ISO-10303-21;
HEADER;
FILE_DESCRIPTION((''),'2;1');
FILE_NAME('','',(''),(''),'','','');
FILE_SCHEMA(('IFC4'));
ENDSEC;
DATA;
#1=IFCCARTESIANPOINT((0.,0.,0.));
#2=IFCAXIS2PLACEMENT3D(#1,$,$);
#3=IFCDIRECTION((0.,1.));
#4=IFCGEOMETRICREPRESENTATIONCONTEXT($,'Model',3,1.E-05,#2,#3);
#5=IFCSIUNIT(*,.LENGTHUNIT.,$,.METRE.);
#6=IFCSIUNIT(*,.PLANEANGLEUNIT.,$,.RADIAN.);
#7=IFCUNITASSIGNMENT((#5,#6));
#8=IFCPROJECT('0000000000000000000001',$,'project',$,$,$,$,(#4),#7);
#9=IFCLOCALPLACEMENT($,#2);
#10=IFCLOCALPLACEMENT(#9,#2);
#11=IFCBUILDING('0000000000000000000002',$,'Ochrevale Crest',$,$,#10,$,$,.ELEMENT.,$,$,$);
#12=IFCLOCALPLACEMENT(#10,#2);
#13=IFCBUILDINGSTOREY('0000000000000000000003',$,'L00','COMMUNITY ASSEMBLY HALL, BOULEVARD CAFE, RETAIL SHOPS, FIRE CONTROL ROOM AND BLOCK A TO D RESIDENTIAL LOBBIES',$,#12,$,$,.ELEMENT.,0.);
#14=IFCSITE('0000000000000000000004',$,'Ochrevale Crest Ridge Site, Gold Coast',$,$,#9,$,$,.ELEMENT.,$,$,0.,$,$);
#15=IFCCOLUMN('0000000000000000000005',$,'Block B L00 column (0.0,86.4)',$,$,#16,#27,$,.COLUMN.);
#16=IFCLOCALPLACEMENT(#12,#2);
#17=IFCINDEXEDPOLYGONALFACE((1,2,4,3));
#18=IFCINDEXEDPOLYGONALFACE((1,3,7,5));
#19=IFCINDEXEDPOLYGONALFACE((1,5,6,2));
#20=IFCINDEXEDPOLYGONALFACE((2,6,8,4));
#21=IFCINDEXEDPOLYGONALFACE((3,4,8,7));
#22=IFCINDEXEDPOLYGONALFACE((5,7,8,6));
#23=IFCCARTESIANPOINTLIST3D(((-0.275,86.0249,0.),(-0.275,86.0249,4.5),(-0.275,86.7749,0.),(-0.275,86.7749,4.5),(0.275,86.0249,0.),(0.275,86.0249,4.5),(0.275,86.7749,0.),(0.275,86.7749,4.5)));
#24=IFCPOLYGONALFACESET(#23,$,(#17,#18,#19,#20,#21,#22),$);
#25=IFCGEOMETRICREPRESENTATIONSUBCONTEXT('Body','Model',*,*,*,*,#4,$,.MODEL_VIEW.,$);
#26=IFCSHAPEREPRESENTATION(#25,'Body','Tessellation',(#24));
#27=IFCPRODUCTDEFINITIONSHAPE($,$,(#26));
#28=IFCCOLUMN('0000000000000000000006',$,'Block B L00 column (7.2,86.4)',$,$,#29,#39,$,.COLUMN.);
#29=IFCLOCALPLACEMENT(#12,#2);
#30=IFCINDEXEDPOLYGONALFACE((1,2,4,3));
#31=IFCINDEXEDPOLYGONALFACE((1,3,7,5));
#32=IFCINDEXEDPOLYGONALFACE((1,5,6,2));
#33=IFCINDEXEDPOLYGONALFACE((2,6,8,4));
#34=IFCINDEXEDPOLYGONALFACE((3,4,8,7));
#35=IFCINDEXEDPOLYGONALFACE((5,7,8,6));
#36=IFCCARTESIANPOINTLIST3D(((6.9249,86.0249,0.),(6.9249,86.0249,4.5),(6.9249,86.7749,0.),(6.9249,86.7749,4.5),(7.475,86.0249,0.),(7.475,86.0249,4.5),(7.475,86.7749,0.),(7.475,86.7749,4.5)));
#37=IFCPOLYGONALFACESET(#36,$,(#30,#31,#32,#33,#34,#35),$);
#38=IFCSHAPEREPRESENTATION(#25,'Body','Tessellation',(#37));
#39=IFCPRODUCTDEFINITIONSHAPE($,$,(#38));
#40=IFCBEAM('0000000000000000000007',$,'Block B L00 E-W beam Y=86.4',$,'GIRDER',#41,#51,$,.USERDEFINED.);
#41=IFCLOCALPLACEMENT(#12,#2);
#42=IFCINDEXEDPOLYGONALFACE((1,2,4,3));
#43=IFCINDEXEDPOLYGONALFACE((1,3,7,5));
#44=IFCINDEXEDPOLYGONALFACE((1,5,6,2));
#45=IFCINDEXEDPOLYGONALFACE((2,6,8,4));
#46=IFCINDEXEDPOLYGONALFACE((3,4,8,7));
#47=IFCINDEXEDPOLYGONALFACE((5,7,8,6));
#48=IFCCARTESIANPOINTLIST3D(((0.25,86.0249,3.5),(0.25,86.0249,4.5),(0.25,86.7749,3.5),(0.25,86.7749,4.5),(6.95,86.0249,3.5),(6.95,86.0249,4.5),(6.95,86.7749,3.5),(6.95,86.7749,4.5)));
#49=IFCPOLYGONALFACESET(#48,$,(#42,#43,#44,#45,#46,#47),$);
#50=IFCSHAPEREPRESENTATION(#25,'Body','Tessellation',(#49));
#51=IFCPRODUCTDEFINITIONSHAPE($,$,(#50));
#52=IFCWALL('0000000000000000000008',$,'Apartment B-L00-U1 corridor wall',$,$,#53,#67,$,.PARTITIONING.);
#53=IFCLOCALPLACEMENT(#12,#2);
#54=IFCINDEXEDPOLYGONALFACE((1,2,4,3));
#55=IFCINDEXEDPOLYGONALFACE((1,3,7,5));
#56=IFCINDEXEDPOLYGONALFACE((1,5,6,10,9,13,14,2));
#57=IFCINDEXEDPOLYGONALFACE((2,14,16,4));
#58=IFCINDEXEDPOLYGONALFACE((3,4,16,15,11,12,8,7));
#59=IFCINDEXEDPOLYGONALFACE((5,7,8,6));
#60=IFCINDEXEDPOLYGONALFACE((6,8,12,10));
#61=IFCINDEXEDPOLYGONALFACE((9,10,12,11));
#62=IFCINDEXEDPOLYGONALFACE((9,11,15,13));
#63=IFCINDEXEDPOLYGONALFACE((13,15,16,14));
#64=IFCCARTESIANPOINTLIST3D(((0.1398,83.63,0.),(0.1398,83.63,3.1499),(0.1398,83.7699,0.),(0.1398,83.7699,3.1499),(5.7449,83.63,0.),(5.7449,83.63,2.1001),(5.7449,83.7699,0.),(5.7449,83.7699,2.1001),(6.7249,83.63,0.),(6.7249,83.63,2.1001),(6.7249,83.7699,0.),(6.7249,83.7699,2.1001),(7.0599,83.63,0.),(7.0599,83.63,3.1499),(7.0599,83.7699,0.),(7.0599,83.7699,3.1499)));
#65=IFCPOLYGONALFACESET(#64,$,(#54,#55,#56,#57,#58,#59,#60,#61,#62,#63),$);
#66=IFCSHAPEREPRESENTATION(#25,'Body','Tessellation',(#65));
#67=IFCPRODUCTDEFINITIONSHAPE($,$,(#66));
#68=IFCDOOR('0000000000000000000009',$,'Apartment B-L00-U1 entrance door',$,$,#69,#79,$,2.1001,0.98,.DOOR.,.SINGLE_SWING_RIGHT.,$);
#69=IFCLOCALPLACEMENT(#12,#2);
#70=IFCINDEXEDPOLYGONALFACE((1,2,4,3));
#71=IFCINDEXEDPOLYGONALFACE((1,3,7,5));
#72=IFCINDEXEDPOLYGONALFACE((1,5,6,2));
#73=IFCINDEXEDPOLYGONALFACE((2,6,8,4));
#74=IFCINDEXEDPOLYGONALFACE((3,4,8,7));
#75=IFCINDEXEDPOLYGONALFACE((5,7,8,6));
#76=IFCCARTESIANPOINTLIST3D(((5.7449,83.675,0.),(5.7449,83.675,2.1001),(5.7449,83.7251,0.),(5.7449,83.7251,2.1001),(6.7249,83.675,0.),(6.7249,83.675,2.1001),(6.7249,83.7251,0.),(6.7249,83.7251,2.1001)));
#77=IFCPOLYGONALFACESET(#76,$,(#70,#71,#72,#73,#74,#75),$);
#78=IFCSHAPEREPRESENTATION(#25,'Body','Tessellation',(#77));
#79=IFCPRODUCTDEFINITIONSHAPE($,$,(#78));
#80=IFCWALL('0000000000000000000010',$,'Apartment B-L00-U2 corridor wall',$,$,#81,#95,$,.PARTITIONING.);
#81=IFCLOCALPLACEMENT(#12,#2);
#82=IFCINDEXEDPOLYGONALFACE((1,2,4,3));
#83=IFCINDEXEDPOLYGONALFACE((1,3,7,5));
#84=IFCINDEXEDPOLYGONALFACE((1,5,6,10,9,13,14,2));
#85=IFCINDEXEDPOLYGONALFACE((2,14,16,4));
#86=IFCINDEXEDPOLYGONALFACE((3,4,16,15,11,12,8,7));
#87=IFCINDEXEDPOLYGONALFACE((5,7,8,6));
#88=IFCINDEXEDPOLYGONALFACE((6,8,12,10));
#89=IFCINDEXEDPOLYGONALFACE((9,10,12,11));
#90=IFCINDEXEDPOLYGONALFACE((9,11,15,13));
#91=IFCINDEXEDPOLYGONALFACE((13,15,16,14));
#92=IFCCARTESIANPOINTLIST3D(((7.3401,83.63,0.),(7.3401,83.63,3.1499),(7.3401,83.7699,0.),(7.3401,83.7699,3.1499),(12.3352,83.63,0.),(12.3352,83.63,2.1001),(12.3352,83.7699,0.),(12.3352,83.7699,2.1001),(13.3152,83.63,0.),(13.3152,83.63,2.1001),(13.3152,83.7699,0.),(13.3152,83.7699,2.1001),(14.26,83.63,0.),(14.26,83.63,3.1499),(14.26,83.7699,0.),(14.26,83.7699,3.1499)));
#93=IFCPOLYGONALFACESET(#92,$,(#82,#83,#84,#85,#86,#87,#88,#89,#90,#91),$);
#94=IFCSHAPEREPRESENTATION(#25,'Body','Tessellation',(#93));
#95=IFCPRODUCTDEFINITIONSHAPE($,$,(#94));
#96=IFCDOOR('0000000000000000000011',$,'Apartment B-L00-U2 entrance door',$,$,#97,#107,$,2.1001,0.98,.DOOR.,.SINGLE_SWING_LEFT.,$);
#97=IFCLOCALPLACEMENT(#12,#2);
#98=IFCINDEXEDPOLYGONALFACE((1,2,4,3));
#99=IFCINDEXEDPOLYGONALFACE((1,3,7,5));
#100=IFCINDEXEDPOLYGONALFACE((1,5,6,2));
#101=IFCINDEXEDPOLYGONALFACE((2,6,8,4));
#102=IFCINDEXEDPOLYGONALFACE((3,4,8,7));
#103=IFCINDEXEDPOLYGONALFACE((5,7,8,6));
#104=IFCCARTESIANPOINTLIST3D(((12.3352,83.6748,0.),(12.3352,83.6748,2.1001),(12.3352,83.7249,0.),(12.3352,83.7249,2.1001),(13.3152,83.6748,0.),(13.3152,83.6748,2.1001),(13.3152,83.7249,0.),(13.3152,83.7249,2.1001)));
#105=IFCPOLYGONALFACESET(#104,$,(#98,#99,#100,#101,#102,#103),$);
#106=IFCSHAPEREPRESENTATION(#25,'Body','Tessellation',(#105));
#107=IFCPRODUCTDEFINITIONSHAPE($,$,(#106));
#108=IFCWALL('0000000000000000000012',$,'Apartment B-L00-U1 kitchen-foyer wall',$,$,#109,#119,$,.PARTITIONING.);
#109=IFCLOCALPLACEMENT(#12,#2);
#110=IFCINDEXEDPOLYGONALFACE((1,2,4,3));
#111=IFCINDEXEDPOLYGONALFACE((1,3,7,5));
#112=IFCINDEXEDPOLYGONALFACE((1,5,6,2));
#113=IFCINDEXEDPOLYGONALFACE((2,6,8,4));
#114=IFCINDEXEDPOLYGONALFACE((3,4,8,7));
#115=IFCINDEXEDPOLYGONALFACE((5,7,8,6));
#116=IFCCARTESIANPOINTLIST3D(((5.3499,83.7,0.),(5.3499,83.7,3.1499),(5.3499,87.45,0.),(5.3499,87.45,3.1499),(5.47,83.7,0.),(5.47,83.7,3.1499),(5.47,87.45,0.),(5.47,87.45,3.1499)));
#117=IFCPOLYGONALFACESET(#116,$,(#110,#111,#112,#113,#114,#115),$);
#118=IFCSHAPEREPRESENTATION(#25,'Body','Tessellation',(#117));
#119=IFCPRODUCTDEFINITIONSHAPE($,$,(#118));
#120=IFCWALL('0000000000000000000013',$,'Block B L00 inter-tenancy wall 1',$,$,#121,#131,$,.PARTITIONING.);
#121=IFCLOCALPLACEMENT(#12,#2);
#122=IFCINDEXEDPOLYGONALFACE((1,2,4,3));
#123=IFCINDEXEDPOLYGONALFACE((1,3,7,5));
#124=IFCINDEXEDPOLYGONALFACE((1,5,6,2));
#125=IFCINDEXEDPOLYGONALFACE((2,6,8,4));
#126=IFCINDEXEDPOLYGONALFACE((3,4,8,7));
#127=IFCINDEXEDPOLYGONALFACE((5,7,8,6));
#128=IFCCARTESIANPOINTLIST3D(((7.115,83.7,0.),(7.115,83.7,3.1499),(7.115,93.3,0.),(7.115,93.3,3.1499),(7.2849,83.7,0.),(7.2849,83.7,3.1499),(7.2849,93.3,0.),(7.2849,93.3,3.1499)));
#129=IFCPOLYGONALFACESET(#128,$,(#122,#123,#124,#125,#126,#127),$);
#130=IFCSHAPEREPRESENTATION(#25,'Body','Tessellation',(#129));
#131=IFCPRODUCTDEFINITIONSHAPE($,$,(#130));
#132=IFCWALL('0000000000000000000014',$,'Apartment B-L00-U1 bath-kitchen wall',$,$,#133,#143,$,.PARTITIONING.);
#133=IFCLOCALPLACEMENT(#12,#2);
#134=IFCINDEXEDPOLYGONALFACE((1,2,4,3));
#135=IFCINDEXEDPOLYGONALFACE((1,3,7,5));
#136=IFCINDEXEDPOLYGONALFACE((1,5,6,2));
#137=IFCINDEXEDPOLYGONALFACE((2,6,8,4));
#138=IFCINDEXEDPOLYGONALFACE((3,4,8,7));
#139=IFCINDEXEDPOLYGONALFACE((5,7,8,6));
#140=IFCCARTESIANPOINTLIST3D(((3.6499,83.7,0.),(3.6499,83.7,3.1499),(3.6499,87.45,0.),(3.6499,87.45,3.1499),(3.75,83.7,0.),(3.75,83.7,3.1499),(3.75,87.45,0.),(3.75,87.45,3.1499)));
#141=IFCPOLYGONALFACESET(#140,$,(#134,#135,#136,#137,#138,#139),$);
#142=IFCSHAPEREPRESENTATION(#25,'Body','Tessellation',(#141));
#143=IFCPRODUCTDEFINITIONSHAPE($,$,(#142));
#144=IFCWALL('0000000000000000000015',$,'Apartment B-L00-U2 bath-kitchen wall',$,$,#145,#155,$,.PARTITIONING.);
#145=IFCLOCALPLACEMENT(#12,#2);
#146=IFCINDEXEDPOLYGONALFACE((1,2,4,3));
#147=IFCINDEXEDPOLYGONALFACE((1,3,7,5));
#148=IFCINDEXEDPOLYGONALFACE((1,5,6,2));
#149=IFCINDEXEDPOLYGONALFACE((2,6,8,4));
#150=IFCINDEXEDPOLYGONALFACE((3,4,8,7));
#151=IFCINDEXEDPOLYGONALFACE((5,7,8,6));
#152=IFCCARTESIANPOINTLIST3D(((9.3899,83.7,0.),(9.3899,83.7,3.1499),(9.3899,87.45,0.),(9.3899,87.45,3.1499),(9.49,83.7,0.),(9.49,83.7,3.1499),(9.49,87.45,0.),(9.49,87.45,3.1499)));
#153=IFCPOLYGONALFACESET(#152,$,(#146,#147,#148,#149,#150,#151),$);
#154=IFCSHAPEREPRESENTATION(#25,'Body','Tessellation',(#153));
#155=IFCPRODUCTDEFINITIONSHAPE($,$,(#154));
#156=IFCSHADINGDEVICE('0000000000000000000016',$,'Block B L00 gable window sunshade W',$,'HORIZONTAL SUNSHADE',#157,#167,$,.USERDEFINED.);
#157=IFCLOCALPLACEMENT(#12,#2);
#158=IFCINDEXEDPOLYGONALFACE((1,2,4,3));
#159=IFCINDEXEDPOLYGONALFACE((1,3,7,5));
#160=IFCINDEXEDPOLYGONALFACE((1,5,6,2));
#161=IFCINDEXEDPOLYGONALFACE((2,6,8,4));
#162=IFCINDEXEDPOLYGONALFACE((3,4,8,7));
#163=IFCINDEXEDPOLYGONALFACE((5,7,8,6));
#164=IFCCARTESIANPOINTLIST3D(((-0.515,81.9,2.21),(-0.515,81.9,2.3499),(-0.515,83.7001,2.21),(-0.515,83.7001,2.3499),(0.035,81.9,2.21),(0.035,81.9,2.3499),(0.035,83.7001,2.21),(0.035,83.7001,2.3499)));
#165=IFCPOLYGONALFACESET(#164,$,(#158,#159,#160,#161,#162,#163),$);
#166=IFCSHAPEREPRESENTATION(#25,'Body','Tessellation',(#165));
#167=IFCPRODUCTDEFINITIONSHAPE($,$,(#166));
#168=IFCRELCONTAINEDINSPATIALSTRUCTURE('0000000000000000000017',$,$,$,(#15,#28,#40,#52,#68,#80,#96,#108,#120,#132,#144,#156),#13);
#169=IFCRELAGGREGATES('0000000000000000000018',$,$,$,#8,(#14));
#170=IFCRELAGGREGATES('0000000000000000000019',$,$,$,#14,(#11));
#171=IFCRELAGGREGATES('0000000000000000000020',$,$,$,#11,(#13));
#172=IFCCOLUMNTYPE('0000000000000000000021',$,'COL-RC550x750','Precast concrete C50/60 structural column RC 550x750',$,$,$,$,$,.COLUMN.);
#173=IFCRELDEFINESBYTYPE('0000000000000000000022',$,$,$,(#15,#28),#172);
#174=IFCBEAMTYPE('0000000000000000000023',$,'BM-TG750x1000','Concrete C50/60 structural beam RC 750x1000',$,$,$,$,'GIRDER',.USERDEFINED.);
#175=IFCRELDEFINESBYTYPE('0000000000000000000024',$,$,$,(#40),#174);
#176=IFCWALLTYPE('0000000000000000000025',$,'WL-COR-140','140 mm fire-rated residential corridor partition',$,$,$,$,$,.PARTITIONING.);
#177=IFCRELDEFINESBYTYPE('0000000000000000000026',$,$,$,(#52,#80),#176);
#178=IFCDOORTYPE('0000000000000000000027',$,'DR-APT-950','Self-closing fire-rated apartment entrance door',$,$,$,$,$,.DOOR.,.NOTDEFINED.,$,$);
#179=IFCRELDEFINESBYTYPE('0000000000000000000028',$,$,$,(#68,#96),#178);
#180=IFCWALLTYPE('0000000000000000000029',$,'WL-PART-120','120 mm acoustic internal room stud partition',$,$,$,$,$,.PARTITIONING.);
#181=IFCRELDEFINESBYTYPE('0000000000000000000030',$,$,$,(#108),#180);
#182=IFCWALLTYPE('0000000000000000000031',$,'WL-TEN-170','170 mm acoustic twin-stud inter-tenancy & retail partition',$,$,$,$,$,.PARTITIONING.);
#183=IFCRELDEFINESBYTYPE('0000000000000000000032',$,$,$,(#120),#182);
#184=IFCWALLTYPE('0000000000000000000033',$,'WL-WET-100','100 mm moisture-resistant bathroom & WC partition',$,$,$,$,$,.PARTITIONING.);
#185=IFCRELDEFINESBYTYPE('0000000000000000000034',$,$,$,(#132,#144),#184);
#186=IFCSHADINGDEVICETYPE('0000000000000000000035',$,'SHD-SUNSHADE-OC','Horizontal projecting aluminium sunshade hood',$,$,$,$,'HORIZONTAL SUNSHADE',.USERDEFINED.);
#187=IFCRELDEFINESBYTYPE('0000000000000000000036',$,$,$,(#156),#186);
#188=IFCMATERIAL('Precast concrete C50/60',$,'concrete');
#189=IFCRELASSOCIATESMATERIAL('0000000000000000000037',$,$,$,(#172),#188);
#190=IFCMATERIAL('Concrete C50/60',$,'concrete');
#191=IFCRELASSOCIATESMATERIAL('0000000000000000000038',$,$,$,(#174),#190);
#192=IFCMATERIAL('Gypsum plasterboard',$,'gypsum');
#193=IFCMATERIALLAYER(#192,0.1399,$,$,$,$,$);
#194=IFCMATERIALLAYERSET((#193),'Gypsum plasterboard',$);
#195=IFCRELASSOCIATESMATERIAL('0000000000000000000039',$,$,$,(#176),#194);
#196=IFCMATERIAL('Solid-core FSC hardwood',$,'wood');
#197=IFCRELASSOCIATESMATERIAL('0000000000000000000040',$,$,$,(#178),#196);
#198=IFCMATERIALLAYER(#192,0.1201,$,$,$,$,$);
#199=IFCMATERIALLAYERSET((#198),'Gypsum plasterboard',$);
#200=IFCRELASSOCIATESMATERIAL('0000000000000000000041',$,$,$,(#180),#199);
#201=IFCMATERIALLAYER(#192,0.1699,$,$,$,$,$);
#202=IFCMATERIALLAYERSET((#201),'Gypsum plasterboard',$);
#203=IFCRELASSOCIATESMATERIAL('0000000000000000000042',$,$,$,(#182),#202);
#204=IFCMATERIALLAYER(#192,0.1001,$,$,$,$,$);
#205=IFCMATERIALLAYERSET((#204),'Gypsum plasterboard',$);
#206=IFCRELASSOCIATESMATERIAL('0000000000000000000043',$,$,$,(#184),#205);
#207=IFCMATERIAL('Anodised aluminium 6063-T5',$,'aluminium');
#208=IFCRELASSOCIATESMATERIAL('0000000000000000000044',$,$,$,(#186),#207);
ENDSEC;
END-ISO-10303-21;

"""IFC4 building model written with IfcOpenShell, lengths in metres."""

from ifc_helpers import new_model, si_unit, direction, frame, frame_2d, origin, origin_2d, place, context, subcontext, project, spatial, rectangle, extrude, material, layer, layer_set, material_profile, profile_set, type_object, element, fill, save


model = new_model("IFC4")

# Units and contexts
model_context = context("Model", 3, precision=1e-05, world=origin(), true_north=direction((0.0, 1.0)))
body_context = subcontext(model_context, "Body", "Model", "MODEL_VIEW")
ifc_project = project(units=[si_unit("LENGTHUNIT", "METRE"), si_unit("PLANEANGLEUNIT", "RADIAN")], contexts=[model_context])

# Site, building, storey
site_placement = place(None, origin())
site = spatial("IfcSite", under=ifc_project, at=site_placement, Name="Ochrevale Crest Ridge Site, Gold Coast", CompositionType="ELEMENT", RefElevation=0.0)
building_placement = place(site_placement, origin())
building = spatial("IfcBuilding", under=site, at=building_placement, Name="Ochrevale Crest", CompositionType="ELEMENT")
storey_placement = place(building_placement, origin())
storey = spatial("IfcBuildingStorey", under=building, at=storey_placement, Name="L00", Description="COMMUNITY ASSEMBLY HALL, BOULEVARD CAFE, RETAIL SHOPS, FIRE CONTROL ROOM AND BLOCK A TO D RESIDENTIAL LOBBIES", CompositionType="ELEMENT", Elevation=0.0)

# Columns
ifc_material_1 = material(Name="Precast concrete C50/60", Category="concrete")
ifc_material_profile_1 = material_profile(ifc_material_1, rectangle(XDim=0.55, YDim=0.75, at=origin_2d()), Name="RC 550x750")
ifc_profile_set_1 = profile_set([ifc_material_profile_1], Name="Precast concrete C50/60")
column_type = type_object("IfcColumnType", Name="COL-RC550x750", Description="Precast concrete C50/60 structural column RC 550x750", PredefinedType="COLUMN", material=ifc_profile_set_1)
for number, where, z_axis, x_axis, name in (
    (1, (0.0, 86.3999, 0.0), (0.0, 0.0, 1.0), (1.0, 0.0, 0.0), "Block B L00 column (0.0,86.4)"),
    (2, (7.2, 86.3999, 0.0), (0.0, 0.0, 1.0), (1.0, 0.0, 0.0), "Block B L00 column (7.2,86.4)"),
):
    element("IfcColumn", number, at=place(storey_placement, frame(where, z_axis=z_axis, x_axis=x_axis)), inside=storey, type_object=column_type, Name=name, PredefinedType="COLUMN", context=body_context, shape_type="SweptSolid", body=[
        extrude(rectangle(XDim=0.55, YDim=0.75, at=origin_2d()), origin(), (0.0, 0.0, 1.0), 4.5),
    ])

# Beam
ifc_material_2 = material(Name="Concrete C50/60", Category="concrete")
ifc_material_profile_2 = material_profile(ifc_material_2, rectangle(XDim=0.75, YDim=1.0, at=origin_2d()), Name="RC 750x1000")
ifc_profile_set_2 = profile_set([ifc_material_profile_2], Name="Concrete C50/60")
beam_type = type_object("IfcBeamType", Name="BM-TG750x1000", Description="Concrete C50/60 structural beam RC 750x1000", ElementType="GIRDER", PredefinedType="USERDEFINED", material=ifc_profile_set_2)
beam_placement = place(storey_placement, frame((0.25, 86.3999, 4.0), z_axis=(1.0, 0.0, 0.0), x_axis=(0.0, 1.0, 0.0)))
element("IfcBeam", 3, at=beam_placement, inside=storey, type_object=beam_type, Name="Block B L00 E-W beam Y=86.4", ObjectType="GIRDER", PredefinedType="USERDEFINED", context=body_context, shape_type="SweptSolid", body=[
    extrude(rectangle(XDim=0.75, YDim=1.0, at=origin_2d()), origin(), (0.0, 0.0, 1.0), 6.7),
])

# Walls, openings, doors
ifc_material_3 = material(Name="Gypsum plasterboard", Category="gypsum")
ifc_layer_1 = layer(ifc_material_3, 0.1399)
ifc_layer_set_1 = layer_set([ifc_layer_1], Name="Gypsum plasterboard")
wall_type_1 = type_object("IfcWallType", Name="WL-COR-140", Description="140 mm fire-rated residential corridor partition", PredefinedType="PARTITIONING", material=ifc_layer_set_1)
wall_1_placement = place(storey_placement, frame((0.1399, 83.7, 0.0), z_axis=(0.0, 0.0, 1.0), x_axis=(1.0, 0.0, 0.0)))
wall_1 = element("IfcWall", 4, at=wall_1_placement, inside=storey, type_object=wall_type_1, Name="Apartment B-L00-U1 corridor wall", PredefinedType="PARTITIONING", context=body_context, shape_type="SweptSolid", body=[
    extrude(rectangle(XDim=6.9202, YDim=0.1399, at=frame_2d((3.46, 0.0))), origin(), (0.0, 0.0, 1.0), 3.1499),
])
opening_1_placement = place(wall_1_placement, frame((6.585, 0.0, 0.0), z_axis=(0.0, 0.0, 1.0), x_axis=(-1.0, 0.0, 0.0)))
opening_1 = element("IfcOpeningElement", 5, at=opening_1_placement, cuts=wall_1, PredefinedType="OPENING", context=body_context, shape_type="SweptSolid", body=[
    extrude(rectangle(XDim=0.98, YDim=2.1001, at=frame_2d((0.49, 1.05))), frame((0.0, 0.0801, 0.0), z_axis=(0.0, -1.0, 0.0), x_axis=(1.0, 0.0, 0.0)), (0.0, 0.0, 1.0), 0.1599),
])
ifc_material_4 = material(Name="Solid-core FSC hardwood", Category="wood")
door_type = type_object("IfcDoorType", Name="DR-APT-950", Description="Self-closing fire-rated apartment entrance door", OperationType="NOTDEFINED", PredefinedType="DOOR", material=ifc_material_4)
door_1_placement = place(opening_1_placement, origin())
door_1 = element("IfcDoor", 6, at=door_1_placement, inside=storey, type_object=door_type, Name="Apartment B-L00-U1 entrance door", OperationType="SINGLE_SWING_RIGHT", OverallHeight=2.1001, OverallWidth=0.98, PredefinedType="DOOR", context=body_context, shape_type="SweptSolid", body=[
    extrude(rectangle(XDim=0.98, YDim=2.1001, at=frame_2d((0.49, 1.05))), frame((0.0, 0.0249, 0.0), z_axis=(0.0, -1.0, 0.0), x_axis=(1.0, 0.0, 0.0)), (0.0, 0.0, 1.0), 0.05),
])
fill(opening_1, door_1)
wall_2_placement = place(storey_placement, frame((7.3401, 83.7, 0.0), z_axis=(0.0, 0.0, 1.0), x_axis=(1.0, 0.0, 0.0)))
wall_2 = element("IfcWall", 7, at=wall_2_placement, inside=storey, type_object=wall_type_1, Name="Apartment B-L00-U2 corridor wall", PredefinedType="PARTITIONING", context=body_context, shape_type="SweptSolid", body=[
    extrude(rectangle(XDim=6.9199, YDim=0.1399, at=frame_2d((3.46, 0.0))), origin(), (0.0, 0.0, 1.0), 3.1499),
])
opening_2_placement = place(wall_2_placement, frame((4.9951, 0.0, 0.0)))
opening_2 = element("IfcOpeningElement", 8, at=opening_2_placement, cuts=wall_2, PredefinedType="OPENING", context=body_context, shape_type="SweptSolid", body=[
    extrude(rectangle(XDim=0.98, YDim=2.1001, at=frame_2d((0.49, 1.05))), frame((0.0, 0.0801, 0.0), z_axis=(0.0, -1.0, 0.0), x_axis=(1.0, 0.0, 0.0)), (0.0, 0.0, 1.0), 0.1599),
])
door_2_placement = place(opening_2_placement, origin())
door_2 = element("IfcDoor", 9, at=door_2_placement, inside=storey, type_object=door_type, Name="Apartment B-L00-U2 entrance door", OperationType="SINGLE_SWING_LEFT", OverallHeight=2.1001, OverallWidth=0.98, PredefinedType="DOOR", context=body_context, shape_type="SweptSolid", body=[
    extrude(rectangle(XDim=0.98, YDim=2.1001, at=frame_2d((0.49, 1.05))), frame((0.0, 0.0249, 0.0), z_axis=(0.0, -1.0, 0.0), x_axis=(1.0, 0.0, 0.0)), (0.0, 0.0, 1.0), 0.05),
])
fill(opening_2, door_2)

# Walls
ifc_layer_2 = layer(ifc_material_3, 0.1201)
ifc_layer_set_2 = layer_set([ifc_layer_2], Name="Gypsum plasterboard")
wall_type_2 = type_object("IfcWallType", Name="WL-PART-120", Description="120 mm acoustic internal room stud partition", PredefinedType="PARTITIONING", material=ifc_layer_set_2)
wall_3_placement = place(storey_placement, frame((5.4099, 83.7, 0.0), z_axis=(0.0, 0.0, 1.0), x_axis=(0.0, 1.0, 0.0)))
element("IfcWall", 10, at=wall_3_placement, inside=storey, type_object=wall_type_2, Name="Apartment B-L00-U1 kitchen-foyer wall", PredefinedType="PARTITIONING", context=body_context, shape_type="SweptSolid", body=[
    extrude(rectangle(XDim=3.75, YDim=0.1201, at=frame_2d((1.875, 0.0))), origin(), (0.0, 0.0, 1.0), 3.1499),
])
ifc_layer_3 = layer(ifc_material_3, 0.1699)
ifc_layer_set_3 = layer_set([ifc_layer_3], Name="Gypsum plasterboard")
wall_type_3 = type_object("IfcWallType", Name="WL-TEN-170", Description="170 mm acoustic twin-stud inter-tenancy & retail partition", PredefinedType="PARTITIONING", material=ifc_layer_set_3)
wall_4_placement = place(storey_placement, frame((7.2, 83.7, 0.0), z_axis=(0.0, 0.0, 1.0), x_axis=(0.0, 1.0, 0.0)))
element("IfcWall", 11, at=wall_4_placement, inside=storey, type_object=wall_type_3, Name="Block B L00 inter-tenancy wall 1", PredefinedType="PARTITIONING", context=body_context, shape_type="SweptSolid", body=[
    extrude(rectangle(XDim=9.6001, YDim=0.1699, at=frame_2d((4.8, 0.0))), origin(), (0.0, 0.0, 1.0), 3.1499),
])
ifc_layer_4 = layer(ifc_material_3, 0.1001)
ifc_layer_set_4 = layer_set([ifc_layer_4], Name="Gypsum plasterboard")
wall_type_4 = type_object("IfcWallType", Name="WL-WET-100", Description="100 mm moisture-resistant bathroom & WC partition", PredefinedType="PARTITIONING", material=ifc_layer_set_4)
for number, where, z_axis, x_axis, name in (
    (12, (3.7, 83.7, 0.0), (0.0, 0.0, 1.0), (0.0, 1.0, 0.0), "Apartment B-L00-U1 bath-kitchen wall"),
    (13, (9.4399, 83.7, 0.0), (0.0, 0.0, 1.0), (0.0, 1.0, 0.0), "Apartment B-L00-U2 bath-kitchen wall"),
):
    element("IfcWall", number, at=place(storey_placement, frame(where, z_axis=z_axis, x_axis=x_axis)), inside=storey, type_object=wall_type_4, Name=name, PredefinedType="PARTITIONING", context=body_context, shape_type="SweptSolid", body=[
        extrude(rectangle(XDim=3.75, YDim=0.1001, at=frame_2d((1.875, 0.0))), origin(), (0.0, 0.0, 1.0), 3.1499),
    ])

# Shading device
ifc_material_5 = material(Name="Anodised aluminium 6063-T5", Category="aluminium")
shading_device_type = type_object("IfcShadingDeviceType", Name="SHD-SUNSHADE-OC", Description="Horizontal projecting aluminium sunshade hood", ElementType="HORIZONTAL SUNSHADE", PredefinedType="USERDEFINED", material=ifc_material_5)
shading_device_placement = place(storey_placement, frame((-0.24, 82.8, 2.21), z_axis=(0.0, 0.0, 1.0), x_axis=(1.0, 0.0, 0.0)))
element("IfcShadingDevice", 14, at=shading_device_placement, inside=storey, type_object=shading_device_type, Name="Block B L00 gable window sunshade W", ObjectType="HORIZONTAL SUNSHADE", PredefinedType="USERDEFINED", context=body_context, shape_type="SweptSolid", body=[
    extrude(rectangle(XDim=0.55, YDim=1.8, at=origin_2d()), origin(), (0.0, 0.0, 1.0), 0.1399),
])

save(model, "model.ifc")
